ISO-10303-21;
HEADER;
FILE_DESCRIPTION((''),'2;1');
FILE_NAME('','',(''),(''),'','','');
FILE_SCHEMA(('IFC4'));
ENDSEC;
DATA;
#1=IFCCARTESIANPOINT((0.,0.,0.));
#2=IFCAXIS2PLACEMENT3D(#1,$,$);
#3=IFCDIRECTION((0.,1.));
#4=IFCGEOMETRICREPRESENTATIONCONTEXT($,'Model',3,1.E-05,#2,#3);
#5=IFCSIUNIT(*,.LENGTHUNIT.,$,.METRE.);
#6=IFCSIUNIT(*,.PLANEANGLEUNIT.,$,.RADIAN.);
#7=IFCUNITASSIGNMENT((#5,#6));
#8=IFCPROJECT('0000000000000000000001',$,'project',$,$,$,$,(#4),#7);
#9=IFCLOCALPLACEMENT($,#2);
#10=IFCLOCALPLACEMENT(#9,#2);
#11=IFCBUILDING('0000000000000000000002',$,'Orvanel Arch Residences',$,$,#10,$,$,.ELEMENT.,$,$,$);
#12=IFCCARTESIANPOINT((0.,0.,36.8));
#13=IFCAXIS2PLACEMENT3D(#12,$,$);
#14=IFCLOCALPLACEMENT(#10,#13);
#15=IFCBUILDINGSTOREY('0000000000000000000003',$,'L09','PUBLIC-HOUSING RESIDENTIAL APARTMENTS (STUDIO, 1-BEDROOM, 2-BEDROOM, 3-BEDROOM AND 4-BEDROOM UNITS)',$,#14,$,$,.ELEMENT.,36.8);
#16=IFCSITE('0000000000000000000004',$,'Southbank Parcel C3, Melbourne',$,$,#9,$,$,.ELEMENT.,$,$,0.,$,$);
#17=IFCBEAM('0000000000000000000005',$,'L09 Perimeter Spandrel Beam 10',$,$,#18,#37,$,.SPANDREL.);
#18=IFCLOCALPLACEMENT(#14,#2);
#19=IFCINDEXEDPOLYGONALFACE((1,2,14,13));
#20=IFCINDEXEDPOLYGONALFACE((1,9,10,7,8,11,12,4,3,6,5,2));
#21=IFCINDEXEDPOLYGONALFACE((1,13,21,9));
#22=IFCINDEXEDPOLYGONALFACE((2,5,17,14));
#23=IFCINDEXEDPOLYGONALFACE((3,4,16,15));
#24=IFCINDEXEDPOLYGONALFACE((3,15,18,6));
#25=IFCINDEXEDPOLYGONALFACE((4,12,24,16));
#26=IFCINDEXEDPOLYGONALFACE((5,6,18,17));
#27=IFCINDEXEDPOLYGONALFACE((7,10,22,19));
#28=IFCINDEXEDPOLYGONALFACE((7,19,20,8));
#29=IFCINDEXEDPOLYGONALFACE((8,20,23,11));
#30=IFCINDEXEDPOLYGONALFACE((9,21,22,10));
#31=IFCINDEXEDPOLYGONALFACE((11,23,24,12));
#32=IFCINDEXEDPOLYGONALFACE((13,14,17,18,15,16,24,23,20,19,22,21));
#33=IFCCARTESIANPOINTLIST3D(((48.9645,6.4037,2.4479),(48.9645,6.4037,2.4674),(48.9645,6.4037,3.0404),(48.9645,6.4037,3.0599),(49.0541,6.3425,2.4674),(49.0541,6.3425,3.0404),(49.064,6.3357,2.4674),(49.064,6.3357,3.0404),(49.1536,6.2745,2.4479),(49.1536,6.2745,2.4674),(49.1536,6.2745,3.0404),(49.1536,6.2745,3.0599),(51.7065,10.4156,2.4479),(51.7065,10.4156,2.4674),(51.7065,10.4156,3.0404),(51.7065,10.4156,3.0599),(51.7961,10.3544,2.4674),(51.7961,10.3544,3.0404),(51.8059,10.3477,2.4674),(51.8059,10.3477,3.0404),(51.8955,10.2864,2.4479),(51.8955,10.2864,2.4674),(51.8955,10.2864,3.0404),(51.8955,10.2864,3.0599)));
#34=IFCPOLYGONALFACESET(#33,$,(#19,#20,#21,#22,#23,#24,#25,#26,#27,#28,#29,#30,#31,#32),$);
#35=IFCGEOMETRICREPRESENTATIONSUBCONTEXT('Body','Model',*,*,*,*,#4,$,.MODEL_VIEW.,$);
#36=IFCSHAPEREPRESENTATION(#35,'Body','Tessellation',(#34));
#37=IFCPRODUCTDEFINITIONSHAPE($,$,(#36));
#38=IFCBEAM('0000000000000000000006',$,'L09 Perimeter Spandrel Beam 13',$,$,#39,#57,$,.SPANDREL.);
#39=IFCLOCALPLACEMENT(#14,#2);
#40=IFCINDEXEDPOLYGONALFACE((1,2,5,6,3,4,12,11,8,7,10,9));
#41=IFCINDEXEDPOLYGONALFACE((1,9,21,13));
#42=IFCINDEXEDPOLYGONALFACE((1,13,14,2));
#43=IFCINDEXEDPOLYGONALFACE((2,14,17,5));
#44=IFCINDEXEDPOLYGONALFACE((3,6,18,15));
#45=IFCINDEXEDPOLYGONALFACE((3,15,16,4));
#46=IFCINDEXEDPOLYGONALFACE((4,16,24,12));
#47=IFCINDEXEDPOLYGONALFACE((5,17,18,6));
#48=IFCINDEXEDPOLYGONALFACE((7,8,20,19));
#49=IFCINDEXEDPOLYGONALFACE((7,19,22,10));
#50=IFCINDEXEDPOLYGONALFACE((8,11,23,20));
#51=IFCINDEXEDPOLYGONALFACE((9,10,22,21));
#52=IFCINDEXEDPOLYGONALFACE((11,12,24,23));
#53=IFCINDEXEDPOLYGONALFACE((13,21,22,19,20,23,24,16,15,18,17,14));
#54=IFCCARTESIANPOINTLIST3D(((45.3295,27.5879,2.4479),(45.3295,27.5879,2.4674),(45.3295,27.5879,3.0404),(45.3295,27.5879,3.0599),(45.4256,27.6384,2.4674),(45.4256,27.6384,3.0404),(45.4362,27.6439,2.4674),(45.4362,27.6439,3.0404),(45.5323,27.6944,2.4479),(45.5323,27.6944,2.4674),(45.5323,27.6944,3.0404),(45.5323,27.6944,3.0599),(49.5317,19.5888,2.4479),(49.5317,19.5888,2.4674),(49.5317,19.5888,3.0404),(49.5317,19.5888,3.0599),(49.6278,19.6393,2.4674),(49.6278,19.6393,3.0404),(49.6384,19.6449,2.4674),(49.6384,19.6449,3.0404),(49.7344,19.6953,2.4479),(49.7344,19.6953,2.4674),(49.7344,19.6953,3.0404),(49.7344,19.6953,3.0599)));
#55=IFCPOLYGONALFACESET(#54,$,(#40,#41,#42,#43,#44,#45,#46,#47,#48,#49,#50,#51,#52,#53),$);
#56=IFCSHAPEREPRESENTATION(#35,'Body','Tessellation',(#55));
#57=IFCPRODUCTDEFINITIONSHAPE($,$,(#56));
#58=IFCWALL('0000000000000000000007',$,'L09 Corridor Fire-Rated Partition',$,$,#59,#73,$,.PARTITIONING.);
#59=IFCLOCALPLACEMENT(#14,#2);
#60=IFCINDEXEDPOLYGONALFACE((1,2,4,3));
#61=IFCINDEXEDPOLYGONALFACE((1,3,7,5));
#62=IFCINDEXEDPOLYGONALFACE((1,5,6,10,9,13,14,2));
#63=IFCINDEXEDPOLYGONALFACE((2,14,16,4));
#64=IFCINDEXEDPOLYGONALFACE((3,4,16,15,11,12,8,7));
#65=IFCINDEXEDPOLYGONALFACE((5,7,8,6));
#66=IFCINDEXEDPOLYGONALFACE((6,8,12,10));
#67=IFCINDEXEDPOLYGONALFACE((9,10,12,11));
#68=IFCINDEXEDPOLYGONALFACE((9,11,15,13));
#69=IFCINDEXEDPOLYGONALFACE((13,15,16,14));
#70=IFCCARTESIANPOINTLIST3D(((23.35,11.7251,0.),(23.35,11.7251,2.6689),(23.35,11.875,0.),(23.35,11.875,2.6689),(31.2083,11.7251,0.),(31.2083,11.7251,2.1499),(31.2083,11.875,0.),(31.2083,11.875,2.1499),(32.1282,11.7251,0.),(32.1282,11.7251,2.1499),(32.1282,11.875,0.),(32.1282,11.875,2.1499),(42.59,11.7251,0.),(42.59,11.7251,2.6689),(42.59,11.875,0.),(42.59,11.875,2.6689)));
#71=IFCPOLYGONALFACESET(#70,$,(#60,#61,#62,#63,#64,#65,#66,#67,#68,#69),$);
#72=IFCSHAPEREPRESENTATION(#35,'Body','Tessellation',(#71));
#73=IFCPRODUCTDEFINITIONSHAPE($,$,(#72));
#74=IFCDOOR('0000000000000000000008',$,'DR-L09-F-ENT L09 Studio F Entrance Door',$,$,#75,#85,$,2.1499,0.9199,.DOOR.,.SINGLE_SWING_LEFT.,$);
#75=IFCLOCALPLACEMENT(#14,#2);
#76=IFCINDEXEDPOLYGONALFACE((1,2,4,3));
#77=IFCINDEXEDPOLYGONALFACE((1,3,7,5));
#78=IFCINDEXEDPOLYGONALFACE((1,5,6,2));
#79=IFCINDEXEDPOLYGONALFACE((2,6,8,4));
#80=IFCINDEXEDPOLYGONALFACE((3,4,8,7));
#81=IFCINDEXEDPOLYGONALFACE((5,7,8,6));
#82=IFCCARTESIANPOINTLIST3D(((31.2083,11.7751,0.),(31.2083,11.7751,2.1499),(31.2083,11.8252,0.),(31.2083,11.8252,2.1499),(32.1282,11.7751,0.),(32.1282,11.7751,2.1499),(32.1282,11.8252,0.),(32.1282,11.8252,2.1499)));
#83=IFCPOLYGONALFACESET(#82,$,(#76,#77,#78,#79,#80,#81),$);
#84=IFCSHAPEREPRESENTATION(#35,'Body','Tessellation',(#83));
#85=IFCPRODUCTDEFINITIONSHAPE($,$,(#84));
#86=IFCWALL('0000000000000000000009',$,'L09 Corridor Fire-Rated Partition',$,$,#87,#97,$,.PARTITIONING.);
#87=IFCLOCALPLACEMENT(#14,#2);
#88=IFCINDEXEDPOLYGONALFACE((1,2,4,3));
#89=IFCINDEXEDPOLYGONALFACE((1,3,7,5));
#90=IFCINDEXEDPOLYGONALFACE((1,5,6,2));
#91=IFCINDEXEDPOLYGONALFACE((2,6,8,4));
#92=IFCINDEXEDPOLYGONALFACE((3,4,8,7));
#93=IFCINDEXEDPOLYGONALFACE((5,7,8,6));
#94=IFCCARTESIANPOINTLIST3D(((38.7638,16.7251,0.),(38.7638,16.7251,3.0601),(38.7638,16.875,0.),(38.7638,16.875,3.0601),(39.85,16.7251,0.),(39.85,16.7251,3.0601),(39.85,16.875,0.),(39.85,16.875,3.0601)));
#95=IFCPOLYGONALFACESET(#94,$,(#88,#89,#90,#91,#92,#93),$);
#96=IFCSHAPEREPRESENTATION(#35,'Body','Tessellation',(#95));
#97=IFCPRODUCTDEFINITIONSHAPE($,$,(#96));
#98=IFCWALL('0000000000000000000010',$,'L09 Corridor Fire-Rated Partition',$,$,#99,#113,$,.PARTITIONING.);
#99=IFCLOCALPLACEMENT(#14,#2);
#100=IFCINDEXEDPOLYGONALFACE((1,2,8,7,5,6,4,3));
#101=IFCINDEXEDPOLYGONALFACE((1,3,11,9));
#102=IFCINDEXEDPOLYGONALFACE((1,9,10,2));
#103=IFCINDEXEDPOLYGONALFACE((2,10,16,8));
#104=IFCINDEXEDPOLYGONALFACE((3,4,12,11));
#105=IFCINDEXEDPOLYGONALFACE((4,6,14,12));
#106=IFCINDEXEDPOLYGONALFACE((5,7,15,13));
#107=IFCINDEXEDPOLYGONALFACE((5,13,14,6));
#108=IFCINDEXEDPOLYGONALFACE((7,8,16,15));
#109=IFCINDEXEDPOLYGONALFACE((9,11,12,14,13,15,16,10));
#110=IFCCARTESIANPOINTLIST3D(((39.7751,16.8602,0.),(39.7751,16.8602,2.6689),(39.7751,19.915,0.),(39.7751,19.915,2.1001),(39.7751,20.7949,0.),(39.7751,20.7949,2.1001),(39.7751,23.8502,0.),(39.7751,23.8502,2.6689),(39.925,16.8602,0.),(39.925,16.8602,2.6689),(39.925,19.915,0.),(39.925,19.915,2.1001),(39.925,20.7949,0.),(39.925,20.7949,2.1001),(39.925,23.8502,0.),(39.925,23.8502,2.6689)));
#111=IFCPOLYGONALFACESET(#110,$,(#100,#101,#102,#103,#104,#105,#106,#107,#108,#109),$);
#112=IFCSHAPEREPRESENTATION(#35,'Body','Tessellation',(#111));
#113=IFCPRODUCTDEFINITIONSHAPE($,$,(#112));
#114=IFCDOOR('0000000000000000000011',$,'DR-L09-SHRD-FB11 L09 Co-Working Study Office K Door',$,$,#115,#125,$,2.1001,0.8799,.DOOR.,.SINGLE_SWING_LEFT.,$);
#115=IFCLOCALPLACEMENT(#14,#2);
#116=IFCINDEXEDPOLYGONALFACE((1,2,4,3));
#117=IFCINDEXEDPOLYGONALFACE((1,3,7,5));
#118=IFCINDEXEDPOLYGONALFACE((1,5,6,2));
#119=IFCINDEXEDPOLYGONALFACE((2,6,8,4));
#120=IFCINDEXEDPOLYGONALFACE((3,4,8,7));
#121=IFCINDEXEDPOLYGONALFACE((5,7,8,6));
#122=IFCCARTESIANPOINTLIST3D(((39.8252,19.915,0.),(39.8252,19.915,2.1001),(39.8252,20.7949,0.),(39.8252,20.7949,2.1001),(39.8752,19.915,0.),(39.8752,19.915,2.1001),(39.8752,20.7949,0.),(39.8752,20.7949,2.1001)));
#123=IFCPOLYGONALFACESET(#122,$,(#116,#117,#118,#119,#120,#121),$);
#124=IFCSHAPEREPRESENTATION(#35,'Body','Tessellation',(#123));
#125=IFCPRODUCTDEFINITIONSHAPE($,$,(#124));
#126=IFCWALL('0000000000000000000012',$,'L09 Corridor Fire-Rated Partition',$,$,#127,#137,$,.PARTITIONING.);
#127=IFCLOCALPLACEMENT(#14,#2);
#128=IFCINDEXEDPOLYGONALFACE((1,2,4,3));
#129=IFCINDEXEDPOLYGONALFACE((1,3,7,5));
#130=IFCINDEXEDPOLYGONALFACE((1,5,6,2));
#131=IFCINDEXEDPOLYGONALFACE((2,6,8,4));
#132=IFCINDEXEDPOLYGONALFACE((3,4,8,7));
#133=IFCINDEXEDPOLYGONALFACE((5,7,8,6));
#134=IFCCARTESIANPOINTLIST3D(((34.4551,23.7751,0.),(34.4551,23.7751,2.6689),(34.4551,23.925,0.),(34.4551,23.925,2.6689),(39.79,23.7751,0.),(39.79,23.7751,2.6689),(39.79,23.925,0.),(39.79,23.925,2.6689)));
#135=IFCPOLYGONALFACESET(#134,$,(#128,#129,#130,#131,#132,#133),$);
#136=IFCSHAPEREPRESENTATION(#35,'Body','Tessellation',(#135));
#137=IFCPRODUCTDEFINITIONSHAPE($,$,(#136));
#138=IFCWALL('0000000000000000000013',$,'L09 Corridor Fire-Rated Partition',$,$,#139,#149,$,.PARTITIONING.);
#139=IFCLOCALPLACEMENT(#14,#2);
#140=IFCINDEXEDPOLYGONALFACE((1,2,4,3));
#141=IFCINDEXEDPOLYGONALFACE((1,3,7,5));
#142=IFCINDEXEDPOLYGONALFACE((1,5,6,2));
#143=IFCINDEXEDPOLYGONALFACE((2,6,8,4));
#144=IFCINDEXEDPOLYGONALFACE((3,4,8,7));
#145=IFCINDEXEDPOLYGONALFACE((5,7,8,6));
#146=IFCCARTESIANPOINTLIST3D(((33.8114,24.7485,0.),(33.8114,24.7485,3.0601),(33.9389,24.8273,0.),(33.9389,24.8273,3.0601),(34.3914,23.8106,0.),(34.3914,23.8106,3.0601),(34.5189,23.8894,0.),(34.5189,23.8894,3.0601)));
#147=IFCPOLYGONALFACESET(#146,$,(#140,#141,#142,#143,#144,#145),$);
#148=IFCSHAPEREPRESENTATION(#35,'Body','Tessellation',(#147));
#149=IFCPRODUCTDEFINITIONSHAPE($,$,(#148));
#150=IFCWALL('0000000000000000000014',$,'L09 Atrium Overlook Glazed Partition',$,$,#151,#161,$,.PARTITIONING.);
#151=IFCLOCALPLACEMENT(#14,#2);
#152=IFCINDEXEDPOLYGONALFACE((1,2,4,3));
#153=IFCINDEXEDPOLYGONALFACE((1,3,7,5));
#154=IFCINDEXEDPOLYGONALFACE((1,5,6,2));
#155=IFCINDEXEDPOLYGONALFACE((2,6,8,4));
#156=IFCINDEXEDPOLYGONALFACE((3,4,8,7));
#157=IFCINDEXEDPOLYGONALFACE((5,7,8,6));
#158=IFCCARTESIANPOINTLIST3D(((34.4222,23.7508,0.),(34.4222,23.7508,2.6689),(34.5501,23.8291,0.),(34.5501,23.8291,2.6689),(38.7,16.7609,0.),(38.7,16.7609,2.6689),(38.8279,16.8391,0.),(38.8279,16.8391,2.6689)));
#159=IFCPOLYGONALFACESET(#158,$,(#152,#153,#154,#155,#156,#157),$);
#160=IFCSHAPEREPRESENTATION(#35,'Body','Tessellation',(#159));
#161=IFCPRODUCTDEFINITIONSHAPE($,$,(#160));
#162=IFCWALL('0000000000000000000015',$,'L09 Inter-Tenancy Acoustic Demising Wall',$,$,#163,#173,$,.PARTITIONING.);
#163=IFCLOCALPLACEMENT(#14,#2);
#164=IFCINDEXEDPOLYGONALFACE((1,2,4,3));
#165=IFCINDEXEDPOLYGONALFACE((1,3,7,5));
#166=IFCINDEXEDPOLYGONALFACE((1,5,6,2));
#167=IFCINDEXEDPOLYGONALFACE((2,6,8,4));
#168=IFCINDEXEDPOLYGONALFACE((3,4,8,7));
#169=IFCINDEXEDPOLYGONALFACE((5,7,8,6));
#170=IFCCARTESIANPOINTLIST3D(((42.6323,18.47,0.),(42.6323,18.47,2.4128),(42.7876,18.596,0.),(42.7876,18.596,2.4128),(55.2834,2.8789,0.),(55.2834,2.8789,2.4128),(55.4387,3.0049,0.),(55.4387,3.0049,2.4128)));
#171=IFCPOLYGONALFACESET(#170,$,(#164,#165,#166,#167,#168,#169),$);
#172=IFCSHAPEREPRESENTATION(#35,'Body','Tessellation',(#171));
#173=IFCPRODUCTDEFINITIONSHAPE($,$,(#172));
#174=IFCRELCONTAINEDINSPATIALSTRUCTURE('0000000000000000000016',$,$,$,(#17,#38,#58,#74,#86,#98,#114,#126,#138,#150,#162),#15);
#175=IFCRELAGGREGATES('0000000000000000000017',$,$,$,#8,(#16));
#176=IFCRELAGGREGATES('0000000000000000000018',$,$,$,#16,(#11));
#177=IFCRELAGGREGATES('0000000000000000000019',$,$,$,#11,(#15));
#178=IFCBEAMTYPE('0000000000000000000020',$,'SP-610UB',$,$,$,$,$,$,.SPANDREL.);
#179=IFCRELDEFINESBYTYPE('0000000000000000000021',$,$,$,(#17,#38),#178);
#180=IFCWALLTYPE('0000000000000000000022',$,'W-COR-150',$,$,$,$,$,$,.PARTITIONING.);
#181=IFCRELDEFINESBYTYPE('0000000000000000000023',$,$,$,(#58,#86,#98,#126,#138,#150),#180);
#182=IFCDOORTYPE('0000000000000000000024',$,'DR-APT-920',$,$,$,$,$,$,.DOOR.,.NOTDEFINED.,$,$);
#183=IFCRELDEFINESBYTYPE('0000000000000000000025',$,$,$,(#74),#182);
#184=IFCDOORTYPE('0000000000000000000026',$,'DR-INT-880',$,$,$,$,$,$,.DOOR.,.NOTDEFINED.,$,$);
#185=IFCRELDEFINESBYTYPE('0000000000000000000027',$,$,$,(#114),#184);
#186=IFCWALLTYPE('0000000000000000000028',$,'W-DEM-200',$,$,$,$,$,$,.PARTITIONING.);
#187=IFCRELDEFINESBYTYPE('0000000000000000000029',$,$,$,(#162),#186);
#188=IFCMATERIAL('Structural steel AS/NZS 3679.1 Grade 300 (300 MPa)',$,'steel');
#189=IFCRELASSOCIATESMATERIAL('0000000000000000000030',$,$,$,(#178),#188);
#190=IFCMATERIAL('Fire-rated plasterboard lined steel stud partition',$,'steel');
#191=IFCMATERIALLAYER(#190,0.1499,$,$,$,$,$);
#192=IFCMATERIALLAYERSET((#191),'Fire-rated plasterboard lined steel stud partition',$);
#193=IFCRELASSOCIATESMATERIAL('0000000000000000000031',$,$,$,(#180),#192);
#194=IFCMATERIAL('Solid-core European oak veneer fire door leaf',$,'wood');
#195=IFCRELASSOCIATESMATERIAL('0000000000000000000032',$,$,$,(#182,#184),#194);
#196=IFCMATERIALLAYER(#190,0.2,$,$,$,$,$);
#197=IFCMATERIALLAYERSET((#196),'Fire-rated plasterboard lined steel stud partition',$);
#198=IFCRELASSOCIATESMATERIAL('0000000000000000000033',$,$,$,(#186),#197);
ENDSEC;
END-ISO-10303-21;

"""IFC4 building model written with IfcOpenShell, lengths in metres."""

from ifc_helpers import new_model, si_unit, direction, frame, frame_2d, origin, origin_2d, place, context, subcontext, project, spatial, rectangle, i_section, extrude, material, layer, layer_set, material_profile, profile_set, type_object, element, fill, save


model = new_model("IFC4")

# Units and contexts
model_context = context("Model", 3, precision=1e-05, world=origin(), true_north=direction((0.0, 1.0)))
body_context = subcontext(model_context, "Body", "Model", "MODEL_VIEW")
ifc_project = project(units=[si_unit("LENGTHUNIT", "METRE"), si_unit("PLANEANGLEUNIT", "RADIAN")], contexts=[model_context])

# Site, building, storey
site_placement = place(None, origin())
site = spatial("IfcSite", under=ifc_project, at=site_placement, Name="Southbank Parcel C3, Melbourne", CompositionType="ELEMENT", RefElevation=0.0)
building_placement = place(site_placement, origin())
building = spatial("IfcBuilding", under=site, at=building_placement, Name="Orvanel Arch Residences", CompositionType="ELEMENT")
storey_placement = place(building_placement, frame((0.0, 0.0, 36.8)))
storey = spatial("IfcBuildingStorey", under=building, at=storey_placement, Name="L09", Description="PUBLIC-HOUSING RESIDENTIAL APARTMENTS (STUDIO, 1-BEDROOM, 2-BEDROOM, 3-BEDROOM AND 4-BEDROOM UNITS)", CompositionType="ELEMENT", Elevation=36.8)

# Beams
ifc_material_1 = material(Name="Structural steel AS/NZS 3679.1 Grade 300 (300 MPa)", Category="steel")
ifc_material_profile_1 = material_profile(ifc_material_1, i_section(OverallWidth=0.229, OverallDepth=0.6121, WebThickness=0.012, FlangeThickness=0.0195, at=origin_2d()), Name="610UB125")
ifc_profile_set_1 = profile_set([ifc_material_profile_1], Name="Structural steel AS/NZS 3679.1 Grade 300 (300 MPa)")
beam_type = type_object("IfcBeamType", Name="SP-610UB", PredefinedType="SPANDREL", material=ifc_profile_set_1)
beam_1_placement = place(storey_placement, frame((49.0591, 6.3391, 2.7539), z_axis=(0.564252, 0.825603, 0.0), x_axis=(-0.825603, 0.564252, 0.0)))
element("IfcBeam", 1, at=beam_1_placement, inside=storey, type_object=beam_type, Name="L09 Perimeter Spandrel Beam 10", PredefinedType="SPANDREL", context=body_context, shape_type="SweptSolid", body=[
    extrude(i_section(OverallWidth=0.229, OverallDepth=0.6121, WebThickness=0.012, FlangeThickness=0.0195, at=origin_2d()), origin(), (0.0, 0.0, 1.0), 4.8594),
])
beam_2_placement = place(storey_placement, frame((49.6331, 19.6421, 2.7539), z_axis=(-0.465065, 0.885277, 0.0), x_axis=(-0.885277, -0.465065, 0.0)))
element("IfcBeam", 2, at=beam_2_placement, inside=storey, type_object=beam_type, Name="L09 Perimeter Spandrel Beam 13", PredefinedType="SPANDREL", context=body_context, shape_type="SweptSolid", body=[
    extrude(i_section(OverallWidth=0.229, OverallDepth=0.6121, WebThickness=0.012, FlangeThickness=0.0195, at=origin_2d()), origin(), (0.0, 0.0, 1.0), 9.0356),
])

# Wall, opening, door
ifc_material_2 = material(Name="Fire-rated plasterboard lined steel stud partition", Category="steel")
ifc_layer_1 = layer(ifc_material_2, 0.1499)
ifc_layer_set_1 = layer_set([ifc_layer_1], Name="Fire-rated plasterboard lined steel stud partition")
wall_type_1 = type_object("IfcWallType", Name="W-COR-150", PredefinedType="PARTITIONING", material=ifc_layer_set_1)
wall_1_placement = place(storey_placement, frame((42.5901, 11.8, 0.0), z_axis=(0.0, 0.0, 1.0), x_axis=(-1.0, 0.0, 0.0)))
wall_1 = element("IfcWall", 3, at=wall_1_placement, inside=storey, type_object=wall_type_1, Name="L09 Corridor Fire-Rated Partition", PredefinedType="PARTITIONING", context=body_context, shape_type="SweptSolid", body=[
    extrude(rectangle(XDim=19.24, YDim=0.1499, at=frame_2d((9.6201, 0.0))), origin(), (0.0, 0.0, 1.0), 2.6689),
])
opening_1_placement = place(wall_1_placement, frame((10.4619, 0.0, 0.0)))
opening_1 = element("IfcOpeningElement", 4, at=opening_1_placement, cuts=wall_1, PredefinedType="OPENING", context=body_context, shape_type="SweptSolid", body=[
    extrude(rectangle(XDim=0.9199, YDim=2.1499, at=frame_2d((0.46, 1.075))), frame((0.0, 0.085, 0.0), z_axis=(0.0, -1.0, 0.0), x_axis=(1.0, 0.0, 0.0)), (0.0, 0.0, 1.0), 0.1699),
])
ifc_material_3 = material(Name="Solid-core European oak veneer fire door leaf", Category="wood")
door_type_1 = type_object("IfcDoorType", Name="DR-APT-920", OperationType="NOTDEFINED", PredefinedType="DOOR", material=ifc_material_3)
door_1_placement = place(opening_1_placement, origin())
door_1 = element("IfcDoor", 5, at=door_1_placement, inside=storey, type_object=door_type_1, Name="DR-L09-F-ENT L09 Studio F Entrance Door", OperationType="SINGLE_SWING_LEFT", OverallHeight=2.1499, OverallWidth=0.9199, PredefinedType="DOOR", context=body_context, shape_type="SweptSolid", body=[
    extrude(rectangle(XDim=0.9199, YDim=2.1499, at=frame_2d((0.46, 1.075))), frame((0.0, 0.0249, 0.0), z_axis=(0.0, -1.0, 0.0), x_axis=(1.0, 0.0, 0.0)), (0.0, 0.0, 1.0), 0.05),
])
fill(opening_1, door_1)

# Wall
wall_2_placement = place(storey_placement, frame((38.7639, 16.8, 0.0), z_axis=(0.0, 0.0, 1.0), x_axis=(1.0, 0.0, 0.0)))
element("IfcWall", 6, at=wall_2_placement, inside=storey, type_object=wall_type_1, Name="L09 Corridor Fire-Rated Partition", PredefinedType="PARTITIONING", context=body_context, shape_type="SweptSolid", body=[
    extrude(rectangle(XDim=1.0862, YDim=0.1499, at=frame_2d((0.543, 0.0))), origin(), (0.0, 0.0, 1.0), 3.0601),
])

# Wall, opening, door
wall_3_placement = place(storey_placement, frame((39.8501, 16.8601, 0.0), z_axis=(0.0, 0.0, 1.0), x_axis=(0.0, 1.0, 0.0)))
wall_3 = element("IfcWall", 7, at=wall_3_placement, inside=storey, type_object=wall_type_1, Name="L09 Corridor Fire-Rated Partition", PredefinedType="PARTITIONING", context=body_context, shape_type="SweptSolid", body=[
    extrude(rectangle(XDim=6.99, YDim=0.1499, at=frame_2d((3.4951, 0.0))), origin(), (0.0, 0.0, 1.0), 2.6689),
])
opening_2_placement = place(wall_3_placement, frame((3.0549, 0.0, 0.0)))
opening_2 = element("IfcOpeningElement", 8, at=opening_2_placement, cuts=wall_3, PredefinedType="OPENING", context=body_context, shape_type="SweptSolid", body=[
    extrude(rectangle(XDim=0.8799, YDim=2.1001, at=frame_2d((0.4399, 1.05))), frame((0.0, 0.085, 0.0), z_axis=(0.0, -1.0, 0.0), x_axis=(1.0, 0.0, 0.0)), (0.0, 0.0, 1.0), 0.1699),
])
door_type_2 = type_object("IfcDoorType", Name="DR-INT-880", OperationType="NOTDEFINED", PredefinedType="DOOR", material=ifc_material_3)
door_2_placement = place(opening_2_placement, origin())
door_2 = element("IfcDoor", 9, at=door_2_placement, inside=storey, type_object=door_type_2, Name="DR-L09-SHRD-FB11 L09 Co-Working Study Office K Door", OperationType="SINGLE_SWING_LEFT", OverallHeight=2.1001, OverallWidth=0.8799, PredefinedType="DOOR", context=body_context, shape_type="SweptSolid", body=[
    extrude(rectangle(XDim=0.8799, YDim=2.1001, at=frame_2d((0.4399, 1.05))), frame((0.0, 0.0249, 0.0), z_axis=(0.0, -1.0, 0.0), x_axis=(1.0, 0.0, 0.0)), (0.0, 0.0, 1.0), 0.05),
])
fill(opening_2, door_2)

# Walls
wall_4_placement = place(storey_placement, frame((39.79, 23.8501, 0.0), z_axis=(0.0, 0.0, 1.0), x_axis=(-1.0, 0.0, 0.0)))
element("IfcWall", 10, at=wall_4_placement, inside=storey, type_object=wall_type_1, Name="L09 Corridor Fire-Rated Partition", PredefinedType="PARTITIONING", context=body_context, shape_type="SweptSolid", body=[
    extrude(rectangle(XDim=5.335, YDim=0.1499, at=frame_2d((2.6675, 0.0))), origin(), (0.0, 0.0, 1.0), 2.6689),
])
wall_5_placement = place(storey_placement, frame((34.4551, 23.8501, 0.0), z_axis=(0.0, 0.0, 1.0), x_axis=(-0.525974, 0.850501, 0.0)))
element("IfcWall", 11, at=wall_5_placement, inside=storey, type_object=wall_type_1, Name="L09 Corridor Fire-Rated Partition", PredefinedType="PARTITIONING", context=body_context, shape_type="SweptSolid", body=[
    extrude(rectangle(XDim=1.1028, YDim=0.1499, at=frame_2d((0.5513, 0.0))), origin(), (0.0, 0.0, 1.0), 3.0601),
])
wall_6_placement = place(storey_placement, frame((34.4861, 23.79, 0.0), z_axis=(0.0, 0.0, 1.0), x_axis=(0.521998, -0.852947, 0.0)))
element("IfcWall", 12, at=wall_6_placement, inside=storey, type_object=wall_type_1, Name="L09 Atrium Overlook Glazed Partition", PredefinedType="PARTITIONING", context=body_context, shape_type="SweptSolid", body=[
    extrude(rectangle(XDim=8.1951, YDim=0.1499, at=frame_2d((4.0977, 0.0))), origin(), (0.0, 0.0, 1.0), 2.6689),
])
ifc_layer_2 = layer(ifc_material_2, 0.2)
ifc_layer_set_2 = layer_set([ifc_layer_2], Name="Fire-rated plasterboard lined steel stud partition")
wall_type_2 = type_object("IfcWallType", Name="W-DEM-200", PredefinedType="PARTITIONING", material=ifc_layer_set_2)
wall_7_placement = place(storey_placement, frame((42.71, 18.533, 0.0), z_axis=(0.0, 0.0, 1.0), x_axis=(0.630094, -0.776519, 0.0)))
element("IfcWall", 13, at=wall_7_placement, inside=storey, type_object=wall_type_2, Name="L09 Inter-Tenancy Acoustic Demising Wall", PredefinedType="PARTITIONING", context=body_context, shape_type="SweptSolid", body=[
    extrude(rectangle(XDim=20.0781, YDim=0.2, at=frame_2d((10.0391, 0.0))), origin(), (0.0, 0.0, 1.0), 2.4128),
])

save(model, "model.ifc")
